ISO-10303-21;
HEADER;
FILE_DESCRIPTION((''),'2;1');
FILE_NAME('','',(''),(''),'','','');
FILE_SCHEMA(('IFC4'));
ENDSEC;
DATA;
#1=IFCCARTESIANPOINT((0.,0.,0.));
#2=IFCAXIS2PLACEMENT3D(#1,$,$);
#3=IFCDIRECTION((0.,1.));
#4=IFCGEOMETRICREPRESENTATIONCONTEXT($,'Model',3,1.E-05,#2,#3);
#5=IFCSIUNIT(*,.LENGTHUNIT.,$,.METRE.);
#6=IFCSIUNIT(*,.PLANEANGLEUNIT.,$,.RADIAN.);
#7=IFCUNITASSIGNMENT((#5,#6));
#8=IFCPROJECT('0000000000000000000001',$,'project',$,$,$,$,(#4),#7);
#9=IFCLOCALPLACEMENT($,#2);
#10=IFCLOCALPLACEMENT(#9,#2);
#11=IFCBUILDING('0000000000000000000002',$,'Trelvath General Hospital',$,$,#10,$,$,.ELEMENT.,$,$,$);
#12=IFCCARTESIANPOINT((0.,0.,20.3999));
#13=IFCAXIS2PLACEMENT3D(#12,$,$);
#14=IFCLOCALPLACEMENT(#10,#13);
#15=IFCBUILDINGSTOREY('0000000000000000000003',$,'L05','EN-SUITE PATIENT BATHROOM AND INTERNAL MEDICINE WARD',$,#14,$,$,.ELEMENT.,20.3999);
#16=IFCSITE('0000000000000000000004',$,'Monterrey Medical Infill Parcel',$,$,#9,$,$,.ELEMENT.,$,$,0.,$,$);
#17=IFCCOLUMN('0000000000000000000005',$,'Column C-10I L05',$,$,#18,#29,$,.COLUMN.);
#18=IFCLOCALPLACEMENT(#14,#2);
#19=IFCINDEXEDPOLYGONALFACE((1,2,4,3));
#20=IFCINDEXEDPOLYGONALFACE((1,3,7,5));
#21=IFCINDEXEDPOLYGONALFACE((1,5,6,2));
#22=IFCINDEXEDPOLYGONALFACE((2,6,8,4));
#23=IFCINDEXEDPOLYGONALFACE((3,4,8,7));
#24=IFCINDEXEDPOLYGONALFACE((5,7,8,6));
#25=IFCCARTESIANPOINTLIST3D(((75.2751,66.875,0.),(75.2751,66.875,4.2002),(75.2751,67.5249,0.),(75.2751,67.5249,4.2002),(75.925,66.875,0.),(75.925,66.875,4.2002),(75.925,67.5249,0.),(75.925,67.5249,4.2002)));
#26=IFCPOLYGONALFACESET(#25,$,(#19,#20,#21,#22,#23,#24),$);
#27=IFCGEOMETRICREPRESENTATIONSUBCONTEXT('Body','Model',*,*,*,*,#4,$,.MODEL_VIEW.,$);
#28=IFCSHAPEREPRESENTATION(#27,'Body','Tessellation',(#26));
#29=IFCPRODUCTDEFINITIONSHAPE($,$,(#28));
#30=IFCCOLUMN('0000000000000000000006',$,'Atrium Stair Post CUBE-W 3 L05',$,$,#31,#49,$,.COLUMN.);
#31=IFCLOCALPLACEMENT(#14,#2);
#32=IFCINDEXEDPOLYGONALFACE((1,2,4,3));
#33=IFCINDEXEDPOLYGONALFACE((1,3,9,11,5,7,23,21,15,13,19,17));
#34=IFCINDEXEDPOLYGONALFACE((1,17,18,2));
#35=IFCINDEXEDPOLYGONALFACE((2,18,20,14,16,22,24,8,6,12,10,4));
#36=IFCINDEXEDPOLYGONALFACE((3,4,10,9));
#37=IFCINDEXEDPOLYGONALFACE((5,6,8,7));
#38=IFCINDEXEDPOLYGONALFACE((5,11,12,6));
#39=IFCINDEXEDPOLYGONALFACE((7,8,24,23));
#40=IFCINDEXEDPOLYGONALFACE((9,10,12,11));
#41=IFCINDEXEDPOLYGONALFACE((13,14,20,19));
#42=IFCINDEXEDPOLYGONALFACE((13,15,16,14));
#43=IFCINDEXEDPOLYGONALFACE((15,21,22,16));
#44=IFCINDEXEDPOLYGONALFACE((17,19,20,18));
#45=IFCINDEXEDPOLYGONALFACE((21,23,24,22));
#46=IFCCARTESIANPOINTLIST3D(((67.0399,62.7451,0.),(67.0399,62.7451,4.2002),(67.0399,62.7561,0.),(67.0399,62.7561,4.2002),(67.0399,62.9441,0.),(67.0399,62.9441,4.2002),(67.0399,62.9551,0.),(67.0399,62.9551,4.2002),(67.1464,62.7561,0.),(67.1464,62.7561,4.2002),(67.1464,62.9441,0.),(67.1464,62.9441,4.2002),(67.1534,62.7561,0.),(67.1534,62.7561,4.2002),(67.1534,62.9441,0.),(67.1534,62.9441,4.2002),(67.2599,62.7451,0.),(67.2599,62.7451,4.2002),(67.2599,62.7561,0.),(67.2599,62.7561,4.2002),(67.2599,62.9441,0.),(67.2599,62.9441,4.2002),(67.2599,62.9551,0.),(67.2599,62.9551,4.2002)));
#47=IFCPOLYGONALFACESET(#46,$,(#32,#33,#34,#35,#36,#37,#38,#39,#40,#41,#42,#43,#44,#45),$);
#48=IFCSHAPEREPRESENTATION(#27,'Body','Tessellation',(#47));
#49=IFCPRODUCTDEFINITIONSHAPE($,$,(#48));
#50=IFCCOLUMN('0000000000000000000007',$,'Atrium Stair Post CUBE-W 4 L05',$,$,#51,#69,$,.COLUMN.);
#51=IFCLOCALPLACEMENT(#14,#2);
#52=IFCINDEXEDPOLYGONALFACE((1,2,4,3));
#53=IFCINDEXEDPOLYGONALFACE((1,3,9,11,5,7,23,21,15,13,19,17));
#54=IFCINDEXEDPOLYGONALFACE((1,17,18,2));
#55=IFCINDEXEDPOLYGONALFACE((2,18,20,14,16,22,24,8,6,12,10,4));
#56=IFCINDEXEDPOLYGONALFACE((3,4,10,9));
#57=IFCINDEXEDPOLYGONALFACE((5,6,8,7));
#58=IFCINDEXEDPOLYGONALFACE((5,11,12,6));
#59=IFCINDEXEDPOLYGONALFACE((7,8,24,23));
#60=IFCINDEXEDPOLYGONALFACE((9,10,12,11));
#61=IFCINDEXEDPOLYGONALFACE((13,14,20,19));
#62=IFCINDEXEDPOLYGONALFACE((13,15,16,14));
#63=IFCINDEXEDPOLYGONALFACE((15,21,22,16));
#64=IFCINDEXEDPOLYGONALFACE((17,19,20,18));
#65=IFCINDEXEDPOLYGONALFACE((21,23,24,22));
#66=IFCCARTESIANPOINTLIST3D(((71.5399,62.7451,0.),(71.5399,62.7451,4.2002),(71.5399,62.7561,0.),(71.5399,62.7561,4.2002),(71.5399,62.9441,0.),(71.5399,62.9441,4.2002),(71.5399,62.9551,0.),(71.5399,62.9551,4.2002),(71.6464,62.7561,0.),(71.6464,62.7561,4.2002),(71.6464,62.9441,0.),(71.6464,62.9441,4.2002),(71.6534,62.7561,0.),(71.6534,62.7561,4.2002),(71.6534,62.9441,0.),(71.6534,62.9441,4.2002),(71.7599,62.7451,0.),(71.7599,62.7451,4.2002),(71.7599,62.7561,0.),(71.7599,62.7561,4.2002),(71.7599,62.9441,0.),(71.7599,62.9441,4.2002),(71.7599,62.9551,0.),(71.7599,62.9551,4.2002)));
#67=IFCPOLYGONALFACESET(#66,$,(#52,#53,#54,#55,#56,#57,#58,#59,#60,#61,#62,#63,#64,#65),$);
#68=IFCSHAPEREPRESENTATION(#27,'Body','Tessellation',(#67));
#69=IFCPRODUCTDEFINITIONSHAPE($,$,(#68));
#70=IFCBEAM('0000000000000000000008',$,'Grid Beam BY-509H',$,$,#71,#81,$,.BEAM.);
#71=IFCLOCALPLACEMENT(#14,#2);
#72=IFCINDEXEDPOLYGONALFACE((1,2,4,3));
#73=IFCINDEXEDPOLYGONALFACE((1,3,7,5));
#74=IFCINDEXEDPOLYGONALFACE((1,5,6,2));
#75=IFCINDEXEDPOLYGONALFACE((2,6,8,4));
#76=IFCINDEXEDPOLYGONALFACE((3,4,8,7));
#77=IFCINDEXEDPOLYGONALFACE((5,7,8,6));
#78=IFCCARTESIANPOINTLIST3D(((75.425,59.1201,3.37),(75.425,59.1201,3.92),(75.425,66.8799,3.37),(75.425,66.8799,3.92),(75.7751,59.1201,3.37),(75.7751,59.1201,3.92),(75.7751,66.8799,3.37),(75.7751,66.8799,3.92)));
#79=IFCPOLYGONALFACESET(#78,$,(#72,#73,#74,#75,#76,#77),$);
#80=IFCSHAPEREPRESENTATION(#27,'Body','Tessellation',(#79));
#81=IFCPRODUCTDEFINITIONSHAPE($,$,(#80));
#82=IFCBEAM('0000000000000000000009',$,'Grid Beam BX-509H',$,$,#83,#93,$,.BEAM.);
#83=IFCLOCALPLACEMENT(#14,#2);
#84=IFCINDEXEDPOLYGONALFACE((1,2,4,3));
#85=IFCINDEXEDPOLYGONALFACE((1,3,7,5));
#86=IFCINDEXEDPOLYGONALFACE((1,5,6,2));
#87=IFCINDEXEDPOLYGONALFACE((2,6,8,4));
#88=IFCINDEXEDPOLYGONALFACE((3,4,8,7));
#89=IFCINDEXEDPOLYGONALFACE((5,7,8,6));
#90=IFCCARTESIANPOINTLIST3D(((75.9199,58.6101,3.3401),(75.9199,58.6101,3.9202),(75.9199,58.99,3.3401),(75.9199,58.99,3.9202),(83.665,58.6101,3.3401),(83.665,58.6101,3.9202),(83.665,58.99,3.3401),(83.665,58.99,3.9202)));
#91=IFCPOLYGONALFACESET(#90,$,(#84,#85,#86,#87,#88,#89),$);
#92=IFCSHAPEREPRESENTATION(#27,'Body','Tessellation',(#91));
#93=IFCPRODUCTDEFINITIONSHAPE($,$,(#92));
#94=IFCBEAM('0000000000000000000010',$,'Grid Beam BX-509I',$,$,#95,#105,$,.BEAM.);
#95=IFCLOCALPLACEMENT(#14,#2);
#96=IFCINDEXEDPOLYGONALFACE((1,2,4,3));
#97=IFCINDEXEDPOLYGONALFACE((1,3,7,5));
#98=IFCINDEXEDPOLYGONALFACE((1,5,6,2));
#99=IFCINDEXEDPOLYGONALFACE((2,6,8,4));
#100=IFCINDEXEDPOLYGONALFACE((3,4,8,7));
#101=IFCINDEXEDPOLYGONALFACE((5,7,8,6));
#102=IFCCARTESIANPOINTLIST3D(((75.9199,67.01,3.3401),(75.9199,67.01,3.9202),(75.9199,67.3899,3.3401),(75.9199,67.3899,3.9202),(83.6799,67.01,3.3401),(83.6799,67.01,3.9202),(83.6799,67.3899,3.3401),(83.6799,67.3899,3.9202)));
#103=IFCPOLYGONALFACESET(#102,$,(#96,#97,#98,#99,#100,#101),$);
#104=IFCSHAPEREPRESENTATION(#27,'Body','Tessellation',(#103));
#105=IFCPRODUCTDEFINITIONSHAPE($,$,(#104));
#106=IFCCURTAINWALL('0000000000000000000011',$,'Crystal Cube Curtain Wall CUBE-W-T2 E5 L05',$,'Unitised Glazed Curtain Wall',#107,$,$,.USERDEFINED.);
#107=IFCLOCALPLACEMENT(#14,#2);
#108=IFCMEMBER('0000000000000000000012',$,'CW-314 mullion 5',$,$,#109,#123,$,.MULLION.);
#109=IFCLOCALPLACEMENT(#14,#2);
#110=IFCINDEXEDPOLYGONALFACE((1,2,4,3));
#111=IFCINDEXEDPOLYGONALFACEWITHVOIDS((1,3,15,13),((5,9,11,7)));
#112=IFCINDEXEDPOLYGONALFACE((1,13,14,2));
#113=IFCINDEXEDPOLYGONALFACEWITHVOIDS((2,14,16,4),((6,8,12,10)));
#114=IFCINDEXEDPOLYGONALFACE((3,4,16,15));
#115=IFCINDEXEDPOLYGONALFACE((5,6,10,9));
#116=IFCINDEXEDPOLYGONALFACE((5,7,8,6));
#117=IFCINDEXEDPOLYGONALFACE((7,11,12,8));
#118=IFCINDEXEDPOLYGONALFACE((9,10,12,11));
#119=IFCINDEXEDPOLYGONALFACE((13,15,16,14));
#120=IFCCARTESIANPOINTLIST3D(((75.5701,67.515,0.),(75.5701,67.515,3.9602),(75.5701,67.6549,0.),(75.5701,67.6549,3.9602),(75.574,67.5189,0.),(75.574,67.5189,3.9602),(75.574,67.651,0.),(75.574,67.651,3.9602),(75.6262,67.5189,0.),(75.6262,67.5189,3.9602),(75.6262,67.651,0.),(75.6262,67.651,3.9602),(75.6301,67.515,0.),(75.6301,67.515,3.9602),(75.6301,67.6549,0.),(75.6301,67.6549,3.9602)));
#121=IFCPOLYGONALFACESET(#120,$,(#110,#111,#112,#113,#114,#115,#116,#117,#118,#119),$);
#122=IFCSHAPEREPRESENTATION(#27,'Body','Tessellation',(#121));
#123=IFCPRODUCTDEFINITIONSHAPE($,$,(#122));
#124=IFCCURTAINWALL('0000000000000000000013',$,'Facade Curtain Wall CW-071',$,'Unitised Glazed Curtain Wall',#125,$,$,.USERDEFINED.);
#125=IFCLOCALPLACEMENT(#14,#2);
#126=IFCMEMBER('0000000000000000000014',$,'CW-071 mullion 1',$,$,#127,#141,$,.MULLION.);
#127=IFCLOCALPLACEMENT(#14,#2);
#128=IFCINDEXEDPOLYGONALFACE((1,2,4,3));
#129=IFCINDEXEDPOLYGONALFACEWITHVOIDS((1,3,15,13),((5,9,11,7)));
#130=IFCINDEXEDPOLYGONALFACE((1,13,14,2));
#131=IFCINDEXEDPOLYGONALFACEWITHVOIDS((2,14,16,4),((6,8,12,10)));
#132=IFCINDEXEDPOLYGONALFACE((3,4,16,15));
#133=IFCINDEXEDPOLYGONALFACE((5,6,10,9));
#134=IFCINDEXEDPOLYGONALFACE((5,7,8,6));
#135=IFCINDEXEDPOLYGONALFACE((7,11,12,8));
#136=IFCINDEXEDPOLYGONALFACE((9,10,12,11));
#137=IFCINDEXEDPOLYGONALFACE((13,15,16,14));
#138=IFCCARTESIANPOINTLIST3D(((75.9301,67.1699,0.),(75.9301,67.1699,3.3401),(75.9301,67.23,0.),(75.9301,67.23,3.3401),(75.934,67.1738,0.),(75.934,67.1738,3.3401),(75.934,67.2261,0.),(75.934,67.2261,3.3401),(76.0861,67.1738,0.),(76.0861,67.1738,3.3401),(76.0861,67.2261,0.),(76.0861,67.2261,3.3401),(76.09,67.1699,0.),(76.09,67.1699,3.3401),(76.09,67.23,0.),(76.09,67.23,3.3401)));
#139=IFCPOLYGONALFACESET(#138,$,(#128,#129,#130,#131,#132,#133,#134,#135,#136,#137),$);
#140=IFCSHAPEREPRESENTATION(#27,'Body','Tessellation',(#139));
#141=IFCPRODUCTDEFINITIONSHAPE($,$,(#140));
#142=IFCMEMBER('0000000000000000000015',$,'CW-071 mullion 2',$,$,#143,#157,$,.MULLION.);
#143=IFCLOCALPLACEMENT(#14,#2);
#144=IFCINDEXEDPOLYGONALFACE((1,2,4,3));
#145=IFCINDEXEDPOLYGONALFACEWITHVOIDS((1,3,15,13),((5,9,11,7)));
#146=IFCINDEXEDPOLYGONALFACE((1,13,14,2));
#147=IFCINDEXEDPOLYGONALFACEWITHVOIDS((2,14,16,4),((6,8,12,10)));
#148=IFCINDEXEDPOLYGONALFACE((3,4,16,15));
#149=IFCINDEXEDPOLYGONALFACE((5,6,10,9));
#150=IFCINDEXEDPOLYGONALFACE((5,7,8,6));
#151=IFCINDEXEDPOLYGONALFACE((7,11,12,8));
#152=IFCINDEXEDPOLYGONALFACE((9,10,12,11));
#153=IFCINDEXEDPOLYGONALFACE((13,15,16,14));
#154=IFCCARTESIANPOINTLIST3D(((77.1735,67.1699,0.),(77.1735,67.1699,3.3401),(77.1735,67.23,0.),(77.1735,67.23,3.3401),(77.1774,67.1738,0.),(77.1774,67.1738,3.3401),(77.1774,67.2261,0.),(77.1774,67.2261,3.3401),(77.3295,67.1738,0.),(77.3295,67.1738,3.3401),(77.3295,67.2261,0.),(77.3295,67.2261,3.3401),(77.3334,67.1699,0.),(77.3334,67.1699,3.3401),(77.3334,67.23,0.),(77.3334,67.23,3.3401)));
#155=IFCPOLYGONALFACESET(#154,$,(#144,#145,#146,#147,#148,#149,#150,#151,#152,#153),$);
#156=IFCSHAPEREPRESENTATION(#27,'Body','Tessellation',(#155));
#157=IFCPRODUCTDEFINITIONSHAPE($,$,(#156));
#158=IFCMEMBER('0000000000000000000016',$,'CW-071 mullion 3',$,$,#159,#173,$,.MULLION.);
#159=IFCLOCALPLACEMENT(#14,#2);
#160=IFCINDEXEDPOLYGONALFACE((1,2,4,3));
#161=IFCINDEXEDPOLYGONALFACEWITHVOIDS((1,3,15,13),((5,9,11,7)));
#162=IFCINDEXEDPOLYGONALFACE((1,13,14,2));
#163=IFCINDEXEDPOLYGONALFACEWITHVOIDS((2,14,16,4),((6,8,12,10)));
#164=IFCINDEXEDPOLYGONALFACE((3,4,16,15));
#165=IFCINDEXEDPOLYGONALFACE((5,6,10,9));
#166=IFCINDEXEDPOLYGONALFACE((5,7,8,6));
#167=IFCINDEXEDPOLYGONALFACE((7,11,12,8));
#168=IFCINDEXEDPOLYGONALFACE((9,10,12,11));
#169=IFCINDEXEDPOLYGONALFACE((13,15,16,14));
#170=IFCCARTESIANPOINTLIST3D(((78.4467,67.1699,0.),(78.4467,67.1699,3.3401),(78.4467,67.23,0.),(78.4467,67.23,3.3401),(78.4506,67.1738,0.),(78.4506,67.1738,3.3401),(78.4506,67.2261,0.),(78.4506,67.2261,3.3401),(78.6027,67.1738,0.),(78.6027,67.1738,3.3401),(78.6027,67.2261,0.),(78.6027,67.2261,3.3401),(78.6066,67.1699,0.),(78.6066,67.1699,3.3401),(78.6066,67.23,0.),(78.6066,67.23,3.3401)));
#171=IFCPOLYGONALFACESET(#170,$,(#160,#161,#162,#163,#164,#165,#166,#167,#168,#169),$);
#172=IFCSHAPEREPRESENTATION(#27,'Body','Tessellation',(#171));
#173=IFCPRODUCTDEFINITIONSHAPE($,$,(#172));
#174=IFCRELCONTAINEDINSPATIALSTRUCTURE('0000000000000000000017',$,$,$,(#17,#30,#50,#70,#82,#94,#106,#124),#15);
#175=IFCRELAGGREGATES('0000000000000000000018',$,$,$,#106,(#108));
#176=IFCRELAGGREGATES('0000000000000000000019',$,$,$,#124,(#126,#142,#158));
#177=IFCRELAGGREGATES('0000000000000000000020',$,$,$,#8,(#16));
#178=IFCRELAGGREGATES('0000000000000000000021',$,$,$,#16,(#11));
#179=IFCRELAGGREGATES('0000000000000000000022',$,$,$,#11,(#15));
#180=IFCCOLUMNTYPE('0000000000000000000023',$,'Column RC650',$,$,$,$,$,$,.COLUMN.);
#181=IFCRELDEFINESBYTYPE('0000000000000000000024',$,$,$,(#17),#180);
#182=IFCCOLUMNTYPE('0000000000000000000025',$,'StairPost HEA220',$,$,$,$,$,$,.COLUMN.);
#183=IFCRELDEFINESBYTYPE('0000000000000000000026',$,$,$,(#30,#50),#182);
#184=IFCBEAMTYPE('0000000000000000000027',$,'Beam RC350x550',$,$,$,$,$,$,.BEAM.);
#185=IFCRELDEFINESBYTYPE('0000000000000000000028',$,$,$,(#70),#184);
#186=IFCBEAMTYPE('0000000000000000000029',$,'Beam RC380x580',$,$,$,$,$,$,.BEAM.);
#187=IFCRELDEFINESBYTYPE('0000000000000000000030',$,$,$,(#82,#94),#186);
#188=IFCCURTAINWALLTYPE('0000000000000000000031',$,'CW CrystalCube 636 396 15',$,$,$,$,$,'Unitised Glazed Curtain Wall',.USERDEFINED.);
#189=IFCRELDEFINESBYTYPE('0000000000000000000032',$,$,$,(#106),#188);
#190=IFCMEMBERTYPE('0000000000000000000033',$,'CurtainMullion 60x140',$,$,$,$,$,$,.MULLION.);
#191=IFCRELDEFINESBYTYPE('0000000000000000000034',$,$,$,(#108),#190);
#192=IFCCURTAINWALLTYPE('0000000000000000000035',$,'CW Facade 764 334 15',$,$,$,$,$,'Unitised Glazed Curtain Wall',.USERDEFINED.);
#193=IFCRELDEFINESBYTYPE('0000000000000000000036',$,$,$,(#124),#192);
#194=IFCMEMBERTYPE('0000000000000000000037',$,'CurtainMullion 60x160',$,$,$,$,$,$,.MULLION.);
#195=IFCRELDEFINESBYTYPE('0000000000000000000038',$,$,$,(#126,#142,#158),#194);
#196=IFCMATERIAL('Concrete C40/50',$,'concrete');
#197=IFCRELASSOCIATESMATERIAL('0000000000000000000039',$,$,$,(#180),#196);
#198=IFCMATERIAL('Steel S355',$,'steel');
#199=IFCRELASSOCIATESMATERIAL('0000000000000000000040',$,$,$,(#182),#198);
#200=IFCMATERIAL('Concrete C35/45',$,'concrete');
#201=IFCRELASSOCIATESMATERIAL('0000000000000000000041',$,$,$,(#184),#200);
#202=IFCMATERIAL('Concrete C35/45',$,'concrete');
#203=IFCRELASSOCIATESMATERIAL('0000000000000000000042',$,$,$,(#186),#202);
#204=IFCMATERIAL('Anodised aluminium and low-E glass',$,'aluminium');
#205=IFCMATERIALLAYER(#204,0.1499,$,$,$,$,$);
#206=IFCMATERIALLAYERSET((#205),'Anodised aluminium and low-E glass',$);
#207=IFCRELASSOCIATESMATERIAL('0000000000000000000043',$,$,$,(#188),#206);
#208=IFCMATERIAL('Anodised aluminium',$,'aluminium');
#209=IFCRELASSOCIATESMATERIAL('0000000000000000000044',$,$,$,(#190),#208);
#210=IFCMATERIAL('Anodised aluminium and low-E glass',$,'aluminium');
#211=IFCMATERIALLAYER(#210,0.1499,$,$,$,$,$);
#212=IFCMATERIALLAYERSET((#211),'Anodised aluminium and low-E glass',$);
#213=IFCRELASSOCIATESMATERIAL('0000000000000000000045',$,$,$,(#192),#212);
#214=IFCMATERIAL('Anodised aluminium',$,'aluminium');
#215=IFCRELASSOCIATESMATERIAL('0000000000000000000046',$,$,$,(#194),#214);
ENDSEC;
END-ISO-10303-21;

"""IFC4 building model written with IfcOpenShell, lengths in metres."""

from ifc_helpers import new_model, si_unit, direction, frame, origin, origin_2d, place, context, subcontext, project, spatial, rectangle, hollow_rectangle, i_section, extrude, material, layer, layer_set, material_profile, profile_set, type_object, element, aggregate, save


model = new_model("IFC4")

# Units and contexts
model_context = context("Model", 3, precision=1e-05, world=origin(), true_north=direction((0.0, 1.0)))
body_context = subcontext(model_context, "Body", "Model", "MODEL_VIEW")
ifc_project = project(units=[si_unit("LENGTHUNIT", "METRE"), si_unit("PLANEANGLEUNIT", "RADIAN")], contexts=[model_context])

# Site, building, storey
site_placement = place(None, origin())
site = spatial("IfcSite", under=ifc_project, at=site_placement, Name="Monterrey Medical Infill Parcel", CompositionType="ELEMENT", RefElevation=0.0)
building_placement = place(site_placement, origin())
building = spatial("IfcBuilding", under=site, at=building_placement, Name="Trelvath General Hospital", CompositionType="ELEMENT")
storey_placement = place(building_placement, frame((0.0, 0.0, 20.3999)))
storey = spatial("IfcBuildingStorey", under=building, at=storey_placement, Name="L05", Description="EN-SUITE PATIENT BATHROOM AND INTERNAL MEDICINE WARD", CompositionType="ELEMENT", Elevation=20.3999)

# Columns
ifc_material_1 = material(Name="Concrete C40/50", Category="concrete")
ifc_material_profile_1 = material_profile(ifc_material_1, rectangle(XDim=0.6499, YDim=0.6499, at=origin_2d()), Name="RC650x650")
ifc_profile_set_1 = profile_set([ifc_material_profile_1], Name="Concrete C40/50")
column_type_1 = type_object("IfcColumnType", Name="Column RC650", PredefinedType="COLUMN", material=ifc_profile_set_1)
column_placement = place(storey_placement, frame((75.6001, 67.2, 0.0), z_axis=(0.0, 0.0, 1.0), x_axis=(1.0, 0.0, 0.0)))
element("IfcColumn", 1, at=column_placement, inside=storey, type_object=column_type_1, Name="Column C-10I L05", PredefinedType="COLUMN", context=body_context, shape_type="SweptSolid", body=[
    extrude(rectangle(XDim=0.6499, YDim=0.6499, at=origin_2d()), origin(), (0.0, 0.0, 1.0), 4.2002),
])
ifc_material_2 = material(Name="Steel S355", Category="steel")
ifc_material_profile_2 = material_profile(ifc_material_2, i_section(OverallWidth=0.22, OverallDepth=0.21, WebThickness=0.0071, FlangeThickness=0.011, at=origin_2d()), Name="HEA220")
ifc_profile_set_2 = profile_set([ifc_material_profile_2], Name="Steel S355")
column_type_2 = type_object("IfcColumnType", Name="StairPost HEA220", PredefinedType="COLUMN", material=ifc_profile_set_2)
for number, where, z_axis, x_axis, name in (
    (2, (67.1499, 62.8501, 0.0), (0.0, 0.0, 1.0), (1.0, 0.0, 0.0), "Atrium Stair Post CUBE-W 3 L05"),
    (3, (71.6499, 62.8501, 0.0), (0.0, 0.0, 1.0), (1.0, 0.0, 0.0), "Atrium Stair Post CUBE-W 4 L05"),
):
    element("IfcColumn", number, at=place(storey_placement, frame(where, z_axis=z_axis, x_axis=x_axis)), inside=storey, type_object=column_type_2, Name=name, PredefinedType="COLUMN", context=body_context, shape_type="SweptSolid", body=[
        extrude(i_section(OverallWidth=0.22, OverallDepth=0.21, WebThickness=0.0071, FlangeThickness=0.011, at=origin_2d()), origin(), (0.0, 0.0, 1.0), 4.2002),
    ])

# Beams
ifc_material_3 = material(Name="Concrete C35/45", Category="concrete")
ifc_material_profile_3 = material_profile(ifc_material_3, rectangle(XDim=0.3501, YDim=0.55, at=origin_2d()), Name="RCB350x550")
ifc_profile_set_3 = profile_set([ifc_material_profile_3], Name="Concrete C35/45")
beam_type_1 = type_object("IfcBeamType", Name="Beam RC350x550", PredefinedType="BEAM", material=ifc_profile_set_3)
beam_1_placement = place(storey_placement, frame((75.6001, 59.1201, 3.645), z_axis=(0.0, 1.0, 0.0), x_axis=(-1.0, 0.0, 0.0)))
element("IfcBeam", 4, at=beam_1_placement, inside=storey, type_object=beam_type_1, Name="Grid Beam BY-509H", PredefinedType="BEAM", context=body_context, shape_type="SweptSolid", body=[
    extrude(rectangle(XDim=0.3501, YDim=0.55, at=origin_2d()), origin(), (0.0, 0.0, 1.0), 7.7598),
])
ifc_material_4 = material(Name="Concrete C35/45", Category="concrete")
ifc_material_profile_4 = material_profile(ifc_material_4, rectangle(XDim=0.3799, YDim=0.5801, at=origin_2d()), Name="RCB380x580")
ifc_profile_set_4 = profile_set([ifc_material_profile_4], Name="Concrete C35/45")
beam_type_2 = type_object("IfcBeamType", Name="Beam RC380x580", PredefinedType="BEAM", material=ifc_profile_set_4)
beam_2_placement = place(storey_placement, frame((75.9199, 58.8, 3.6301), z_axis=(1.0, 0.0, 0.0), x_axis=(0.0, 1.0, 0.0)))
element("IfcBeam", 5, at=beam_2_placement, inside=storey, type_object=beam_type_2, Name="Grid Beam BX-509H", PredefinedType="BEAM", context=body_context, shape_type="SweptSolid", body=[
    extrude(rectangle(XDim=0.3799, YDim=0.5801, at=origin_2d()), origin(), (0.0, 0.0, 1.0), 7.7451),
])
beam_3_placement = place(storey_placement, frame((75.9199, 67.2, 3.6301), z_axis=(1.0, 0.0, 0.0), x_axis=(0.0, 1.0, 0.0)))
element("IfcBeam", 6, at=beam_3_placement, inside=storey, type_object=beam_type_2, Name="Grid Beam BX-509I", PredefinedType="BEAM", context=body_context, shape_type="SweptSolid", body=[
    extrude(rectangle(XDim=0.3799, YDim=0.5801, at=origin_2d()), origin(), (0.0, 0.0, 1.0), 7.76),
])

# Curtain wall, member
ifc_material_5 = material(Name="Anodised aluminium and low-E glass", Category="aluminium")
ifc_layer_1 = layer(ifc_material_5, 0.1499)
ifc_layer_set_1 = layer_set([ifc_layer_1], Name="Anodised aluminium and low-E glass")
curtain_wall_type_1 = type_object("IfcCurtainWallType", Name="CW CrystalCube 636 396 15", ElementType="Unitised Glazed Curtain Wall", PredefinedType="USERDEFINED", material=ifc_layer_set_1)
curtain_wall_1_placement = place(storey_placement, origin())
curtain_wall_1 = element("IfcCurtainWall", 7, at=curtain_wall_1_placement, inside=storey, type_object=curtain_wall_type_1, Name="Crystal Cube Curtain Wall CUBE-W-T2 E5 L05", ObjectType="Unitised Glazed Curtain Wall", PredefinedType="USERDEFINED")
ifc_material_6 = material(Name="Anodised aluminium", Category="aluminium")
ifc_material_profile_5 = material_profile(ifc_material_6, hollow_rectangle(XDim=0.0601, YDim=0.1399, WallThickness=0.0039, at=origin_2d()), Name="RHS60x140x4")
ifc_profile_set_5 = profile_set([ifc_material_profile_5], Name="Anodised aluminium")
member_type_1 = type_object("IfcMemberType", Name="CurtainMullion 60x140", PredefinedType="MULLION", material=ifc_profile_set_5)
member_1_placement = place(storey_placement, frame((75.6001, 67.585, 0.0), z_axis=(0.0, 0.0, 1.0), x_axis=(1.0, 0.0, 0.0)))
member_1 = element("IfcMember", 8, at=member_1_placement, type_object=member_type_1, Name="CW-314 mullion 5", PredefinedType="MULLION", context=body_context, shape_type="SweptSolid", body=[
    extrude(hollow_rectangle(XDim=0.0601, YDim=0.1399, WallThickness=0.0039, at=origin_2d()), origin(), (0.0, 0.0, 1.0), 3.9602),
])

# Curtain wall, members
ifc_material_7 = material(Name="Anodised aluminium and low-E glass", Category="aluminium")
ifc_layer_2 = layer(ifc_material_7, 0.1499)
ifc_layer_set_2 = layer_set([ifc_layer_2], Name="Anodised aluminium and low-E glass")
curtain_wall_type_2 = type_object("IfcCurtainWallType", Name="CW Facade 764 334 15", ElementType="Unitised Glazed Curtain Wall", PredefinedType="USERDEFINED", material=ifc_layer_set_2)
curtain_wall_2_placement = place(storey_placement, origin())
curtain_wall_2 = element("IfcCurtainWall", 9, at=curtain_wall_2_placement, inside=storey, type_object=curtain_wall_type_2, Name="Facade Curtain Wall CW-071", ObjectType="Unitised Glazed Curtain Wall", PredefinedType="USERDEFINED")
ifc_material_8 = material(Name="Anodised aluminium", Category="aluminium")
ifc_material_profile_6 = material_profile(ifc_material_8, hollow_rectangle(XDim=0.0601, YDim=0.1599, WallThickness=0.0039, at=origin_2d()), Name="RHS60x160x4")
ifc_profile_set_6 = profile_set([ifc_material_profile_6], Name="Anodised aluminium")
member_type_2 = type_object("IfcMemberType", Name="CurtainMullion 60x160", PredefinedType="MULLION", material=ifc_profile_set_6)
member_2_placement = place(storey_placement, frame((76.01, 67.2, 0.0), z_axis=(0.0, 0.0, 1.0), x_axis=(0.0, 1.0, 0.0)))
member_2 = element("IfcMember", 10, at=member_2_placement, type_object=member_type_2, Name="CW-071 mullion 1", PredefinedType="MULLION", context=body_context, shape_type="SweptSolid", body=[
    extrude(hollow_rectangle(XDim=0.0601, YDim=0.1599, WallThickness=0.0039, at=origin_2d()), origin(), (0.0, 0.0, 1.0), 3.3401),
])
member_3_placement = place(storey_placement, frame((77.2534, 67.2, 0.0), z_axis=(0.0, 0.0, 1.0), x_axis=(0.0, 1.0, 0.0)))
member_3 = element("IfcMember", 11, at=member_3_placement, type_object=member_type_2, Name="CW-071 mullion 2", PredefinedType="MULLION", context=body_context, shape_type="SweptSolid", body=[
    extrude(hollow_rectangle(XDim=0.0601, YDim=0.1599, WallThickness=0.0039, at=origin_2d()), origin(), (0.0, 0.0, 1.0), 3.3401),
])
member_4_placement = place(storey_placement, frame((78.5266, 67.2, 0.0), z_axis=(0.0, 0.0, 1.0), x_axis=(0.0, 1.0, 0.0)))
member_4 = element("IfcMember", 12, at=member_4_placement, type_object=member_type_2, Name="CW-071 mullion 3", PredefinedType="MULLION", context=body_context, shape_type="SweptSolid", body=[
    extrude(hollow_rectangle(XDim=0.0601, YDim=0.1599, WallThickness=0.0039, at=origin_2d()), origin(), (0.0, 0.0, 1.0), 3.3401),
])

aggregate(curtain_wall_1, [member_1])
aggregate(curtain_wall_2, [member_2, member_3, member_4])

save(model, "model.ifc")
